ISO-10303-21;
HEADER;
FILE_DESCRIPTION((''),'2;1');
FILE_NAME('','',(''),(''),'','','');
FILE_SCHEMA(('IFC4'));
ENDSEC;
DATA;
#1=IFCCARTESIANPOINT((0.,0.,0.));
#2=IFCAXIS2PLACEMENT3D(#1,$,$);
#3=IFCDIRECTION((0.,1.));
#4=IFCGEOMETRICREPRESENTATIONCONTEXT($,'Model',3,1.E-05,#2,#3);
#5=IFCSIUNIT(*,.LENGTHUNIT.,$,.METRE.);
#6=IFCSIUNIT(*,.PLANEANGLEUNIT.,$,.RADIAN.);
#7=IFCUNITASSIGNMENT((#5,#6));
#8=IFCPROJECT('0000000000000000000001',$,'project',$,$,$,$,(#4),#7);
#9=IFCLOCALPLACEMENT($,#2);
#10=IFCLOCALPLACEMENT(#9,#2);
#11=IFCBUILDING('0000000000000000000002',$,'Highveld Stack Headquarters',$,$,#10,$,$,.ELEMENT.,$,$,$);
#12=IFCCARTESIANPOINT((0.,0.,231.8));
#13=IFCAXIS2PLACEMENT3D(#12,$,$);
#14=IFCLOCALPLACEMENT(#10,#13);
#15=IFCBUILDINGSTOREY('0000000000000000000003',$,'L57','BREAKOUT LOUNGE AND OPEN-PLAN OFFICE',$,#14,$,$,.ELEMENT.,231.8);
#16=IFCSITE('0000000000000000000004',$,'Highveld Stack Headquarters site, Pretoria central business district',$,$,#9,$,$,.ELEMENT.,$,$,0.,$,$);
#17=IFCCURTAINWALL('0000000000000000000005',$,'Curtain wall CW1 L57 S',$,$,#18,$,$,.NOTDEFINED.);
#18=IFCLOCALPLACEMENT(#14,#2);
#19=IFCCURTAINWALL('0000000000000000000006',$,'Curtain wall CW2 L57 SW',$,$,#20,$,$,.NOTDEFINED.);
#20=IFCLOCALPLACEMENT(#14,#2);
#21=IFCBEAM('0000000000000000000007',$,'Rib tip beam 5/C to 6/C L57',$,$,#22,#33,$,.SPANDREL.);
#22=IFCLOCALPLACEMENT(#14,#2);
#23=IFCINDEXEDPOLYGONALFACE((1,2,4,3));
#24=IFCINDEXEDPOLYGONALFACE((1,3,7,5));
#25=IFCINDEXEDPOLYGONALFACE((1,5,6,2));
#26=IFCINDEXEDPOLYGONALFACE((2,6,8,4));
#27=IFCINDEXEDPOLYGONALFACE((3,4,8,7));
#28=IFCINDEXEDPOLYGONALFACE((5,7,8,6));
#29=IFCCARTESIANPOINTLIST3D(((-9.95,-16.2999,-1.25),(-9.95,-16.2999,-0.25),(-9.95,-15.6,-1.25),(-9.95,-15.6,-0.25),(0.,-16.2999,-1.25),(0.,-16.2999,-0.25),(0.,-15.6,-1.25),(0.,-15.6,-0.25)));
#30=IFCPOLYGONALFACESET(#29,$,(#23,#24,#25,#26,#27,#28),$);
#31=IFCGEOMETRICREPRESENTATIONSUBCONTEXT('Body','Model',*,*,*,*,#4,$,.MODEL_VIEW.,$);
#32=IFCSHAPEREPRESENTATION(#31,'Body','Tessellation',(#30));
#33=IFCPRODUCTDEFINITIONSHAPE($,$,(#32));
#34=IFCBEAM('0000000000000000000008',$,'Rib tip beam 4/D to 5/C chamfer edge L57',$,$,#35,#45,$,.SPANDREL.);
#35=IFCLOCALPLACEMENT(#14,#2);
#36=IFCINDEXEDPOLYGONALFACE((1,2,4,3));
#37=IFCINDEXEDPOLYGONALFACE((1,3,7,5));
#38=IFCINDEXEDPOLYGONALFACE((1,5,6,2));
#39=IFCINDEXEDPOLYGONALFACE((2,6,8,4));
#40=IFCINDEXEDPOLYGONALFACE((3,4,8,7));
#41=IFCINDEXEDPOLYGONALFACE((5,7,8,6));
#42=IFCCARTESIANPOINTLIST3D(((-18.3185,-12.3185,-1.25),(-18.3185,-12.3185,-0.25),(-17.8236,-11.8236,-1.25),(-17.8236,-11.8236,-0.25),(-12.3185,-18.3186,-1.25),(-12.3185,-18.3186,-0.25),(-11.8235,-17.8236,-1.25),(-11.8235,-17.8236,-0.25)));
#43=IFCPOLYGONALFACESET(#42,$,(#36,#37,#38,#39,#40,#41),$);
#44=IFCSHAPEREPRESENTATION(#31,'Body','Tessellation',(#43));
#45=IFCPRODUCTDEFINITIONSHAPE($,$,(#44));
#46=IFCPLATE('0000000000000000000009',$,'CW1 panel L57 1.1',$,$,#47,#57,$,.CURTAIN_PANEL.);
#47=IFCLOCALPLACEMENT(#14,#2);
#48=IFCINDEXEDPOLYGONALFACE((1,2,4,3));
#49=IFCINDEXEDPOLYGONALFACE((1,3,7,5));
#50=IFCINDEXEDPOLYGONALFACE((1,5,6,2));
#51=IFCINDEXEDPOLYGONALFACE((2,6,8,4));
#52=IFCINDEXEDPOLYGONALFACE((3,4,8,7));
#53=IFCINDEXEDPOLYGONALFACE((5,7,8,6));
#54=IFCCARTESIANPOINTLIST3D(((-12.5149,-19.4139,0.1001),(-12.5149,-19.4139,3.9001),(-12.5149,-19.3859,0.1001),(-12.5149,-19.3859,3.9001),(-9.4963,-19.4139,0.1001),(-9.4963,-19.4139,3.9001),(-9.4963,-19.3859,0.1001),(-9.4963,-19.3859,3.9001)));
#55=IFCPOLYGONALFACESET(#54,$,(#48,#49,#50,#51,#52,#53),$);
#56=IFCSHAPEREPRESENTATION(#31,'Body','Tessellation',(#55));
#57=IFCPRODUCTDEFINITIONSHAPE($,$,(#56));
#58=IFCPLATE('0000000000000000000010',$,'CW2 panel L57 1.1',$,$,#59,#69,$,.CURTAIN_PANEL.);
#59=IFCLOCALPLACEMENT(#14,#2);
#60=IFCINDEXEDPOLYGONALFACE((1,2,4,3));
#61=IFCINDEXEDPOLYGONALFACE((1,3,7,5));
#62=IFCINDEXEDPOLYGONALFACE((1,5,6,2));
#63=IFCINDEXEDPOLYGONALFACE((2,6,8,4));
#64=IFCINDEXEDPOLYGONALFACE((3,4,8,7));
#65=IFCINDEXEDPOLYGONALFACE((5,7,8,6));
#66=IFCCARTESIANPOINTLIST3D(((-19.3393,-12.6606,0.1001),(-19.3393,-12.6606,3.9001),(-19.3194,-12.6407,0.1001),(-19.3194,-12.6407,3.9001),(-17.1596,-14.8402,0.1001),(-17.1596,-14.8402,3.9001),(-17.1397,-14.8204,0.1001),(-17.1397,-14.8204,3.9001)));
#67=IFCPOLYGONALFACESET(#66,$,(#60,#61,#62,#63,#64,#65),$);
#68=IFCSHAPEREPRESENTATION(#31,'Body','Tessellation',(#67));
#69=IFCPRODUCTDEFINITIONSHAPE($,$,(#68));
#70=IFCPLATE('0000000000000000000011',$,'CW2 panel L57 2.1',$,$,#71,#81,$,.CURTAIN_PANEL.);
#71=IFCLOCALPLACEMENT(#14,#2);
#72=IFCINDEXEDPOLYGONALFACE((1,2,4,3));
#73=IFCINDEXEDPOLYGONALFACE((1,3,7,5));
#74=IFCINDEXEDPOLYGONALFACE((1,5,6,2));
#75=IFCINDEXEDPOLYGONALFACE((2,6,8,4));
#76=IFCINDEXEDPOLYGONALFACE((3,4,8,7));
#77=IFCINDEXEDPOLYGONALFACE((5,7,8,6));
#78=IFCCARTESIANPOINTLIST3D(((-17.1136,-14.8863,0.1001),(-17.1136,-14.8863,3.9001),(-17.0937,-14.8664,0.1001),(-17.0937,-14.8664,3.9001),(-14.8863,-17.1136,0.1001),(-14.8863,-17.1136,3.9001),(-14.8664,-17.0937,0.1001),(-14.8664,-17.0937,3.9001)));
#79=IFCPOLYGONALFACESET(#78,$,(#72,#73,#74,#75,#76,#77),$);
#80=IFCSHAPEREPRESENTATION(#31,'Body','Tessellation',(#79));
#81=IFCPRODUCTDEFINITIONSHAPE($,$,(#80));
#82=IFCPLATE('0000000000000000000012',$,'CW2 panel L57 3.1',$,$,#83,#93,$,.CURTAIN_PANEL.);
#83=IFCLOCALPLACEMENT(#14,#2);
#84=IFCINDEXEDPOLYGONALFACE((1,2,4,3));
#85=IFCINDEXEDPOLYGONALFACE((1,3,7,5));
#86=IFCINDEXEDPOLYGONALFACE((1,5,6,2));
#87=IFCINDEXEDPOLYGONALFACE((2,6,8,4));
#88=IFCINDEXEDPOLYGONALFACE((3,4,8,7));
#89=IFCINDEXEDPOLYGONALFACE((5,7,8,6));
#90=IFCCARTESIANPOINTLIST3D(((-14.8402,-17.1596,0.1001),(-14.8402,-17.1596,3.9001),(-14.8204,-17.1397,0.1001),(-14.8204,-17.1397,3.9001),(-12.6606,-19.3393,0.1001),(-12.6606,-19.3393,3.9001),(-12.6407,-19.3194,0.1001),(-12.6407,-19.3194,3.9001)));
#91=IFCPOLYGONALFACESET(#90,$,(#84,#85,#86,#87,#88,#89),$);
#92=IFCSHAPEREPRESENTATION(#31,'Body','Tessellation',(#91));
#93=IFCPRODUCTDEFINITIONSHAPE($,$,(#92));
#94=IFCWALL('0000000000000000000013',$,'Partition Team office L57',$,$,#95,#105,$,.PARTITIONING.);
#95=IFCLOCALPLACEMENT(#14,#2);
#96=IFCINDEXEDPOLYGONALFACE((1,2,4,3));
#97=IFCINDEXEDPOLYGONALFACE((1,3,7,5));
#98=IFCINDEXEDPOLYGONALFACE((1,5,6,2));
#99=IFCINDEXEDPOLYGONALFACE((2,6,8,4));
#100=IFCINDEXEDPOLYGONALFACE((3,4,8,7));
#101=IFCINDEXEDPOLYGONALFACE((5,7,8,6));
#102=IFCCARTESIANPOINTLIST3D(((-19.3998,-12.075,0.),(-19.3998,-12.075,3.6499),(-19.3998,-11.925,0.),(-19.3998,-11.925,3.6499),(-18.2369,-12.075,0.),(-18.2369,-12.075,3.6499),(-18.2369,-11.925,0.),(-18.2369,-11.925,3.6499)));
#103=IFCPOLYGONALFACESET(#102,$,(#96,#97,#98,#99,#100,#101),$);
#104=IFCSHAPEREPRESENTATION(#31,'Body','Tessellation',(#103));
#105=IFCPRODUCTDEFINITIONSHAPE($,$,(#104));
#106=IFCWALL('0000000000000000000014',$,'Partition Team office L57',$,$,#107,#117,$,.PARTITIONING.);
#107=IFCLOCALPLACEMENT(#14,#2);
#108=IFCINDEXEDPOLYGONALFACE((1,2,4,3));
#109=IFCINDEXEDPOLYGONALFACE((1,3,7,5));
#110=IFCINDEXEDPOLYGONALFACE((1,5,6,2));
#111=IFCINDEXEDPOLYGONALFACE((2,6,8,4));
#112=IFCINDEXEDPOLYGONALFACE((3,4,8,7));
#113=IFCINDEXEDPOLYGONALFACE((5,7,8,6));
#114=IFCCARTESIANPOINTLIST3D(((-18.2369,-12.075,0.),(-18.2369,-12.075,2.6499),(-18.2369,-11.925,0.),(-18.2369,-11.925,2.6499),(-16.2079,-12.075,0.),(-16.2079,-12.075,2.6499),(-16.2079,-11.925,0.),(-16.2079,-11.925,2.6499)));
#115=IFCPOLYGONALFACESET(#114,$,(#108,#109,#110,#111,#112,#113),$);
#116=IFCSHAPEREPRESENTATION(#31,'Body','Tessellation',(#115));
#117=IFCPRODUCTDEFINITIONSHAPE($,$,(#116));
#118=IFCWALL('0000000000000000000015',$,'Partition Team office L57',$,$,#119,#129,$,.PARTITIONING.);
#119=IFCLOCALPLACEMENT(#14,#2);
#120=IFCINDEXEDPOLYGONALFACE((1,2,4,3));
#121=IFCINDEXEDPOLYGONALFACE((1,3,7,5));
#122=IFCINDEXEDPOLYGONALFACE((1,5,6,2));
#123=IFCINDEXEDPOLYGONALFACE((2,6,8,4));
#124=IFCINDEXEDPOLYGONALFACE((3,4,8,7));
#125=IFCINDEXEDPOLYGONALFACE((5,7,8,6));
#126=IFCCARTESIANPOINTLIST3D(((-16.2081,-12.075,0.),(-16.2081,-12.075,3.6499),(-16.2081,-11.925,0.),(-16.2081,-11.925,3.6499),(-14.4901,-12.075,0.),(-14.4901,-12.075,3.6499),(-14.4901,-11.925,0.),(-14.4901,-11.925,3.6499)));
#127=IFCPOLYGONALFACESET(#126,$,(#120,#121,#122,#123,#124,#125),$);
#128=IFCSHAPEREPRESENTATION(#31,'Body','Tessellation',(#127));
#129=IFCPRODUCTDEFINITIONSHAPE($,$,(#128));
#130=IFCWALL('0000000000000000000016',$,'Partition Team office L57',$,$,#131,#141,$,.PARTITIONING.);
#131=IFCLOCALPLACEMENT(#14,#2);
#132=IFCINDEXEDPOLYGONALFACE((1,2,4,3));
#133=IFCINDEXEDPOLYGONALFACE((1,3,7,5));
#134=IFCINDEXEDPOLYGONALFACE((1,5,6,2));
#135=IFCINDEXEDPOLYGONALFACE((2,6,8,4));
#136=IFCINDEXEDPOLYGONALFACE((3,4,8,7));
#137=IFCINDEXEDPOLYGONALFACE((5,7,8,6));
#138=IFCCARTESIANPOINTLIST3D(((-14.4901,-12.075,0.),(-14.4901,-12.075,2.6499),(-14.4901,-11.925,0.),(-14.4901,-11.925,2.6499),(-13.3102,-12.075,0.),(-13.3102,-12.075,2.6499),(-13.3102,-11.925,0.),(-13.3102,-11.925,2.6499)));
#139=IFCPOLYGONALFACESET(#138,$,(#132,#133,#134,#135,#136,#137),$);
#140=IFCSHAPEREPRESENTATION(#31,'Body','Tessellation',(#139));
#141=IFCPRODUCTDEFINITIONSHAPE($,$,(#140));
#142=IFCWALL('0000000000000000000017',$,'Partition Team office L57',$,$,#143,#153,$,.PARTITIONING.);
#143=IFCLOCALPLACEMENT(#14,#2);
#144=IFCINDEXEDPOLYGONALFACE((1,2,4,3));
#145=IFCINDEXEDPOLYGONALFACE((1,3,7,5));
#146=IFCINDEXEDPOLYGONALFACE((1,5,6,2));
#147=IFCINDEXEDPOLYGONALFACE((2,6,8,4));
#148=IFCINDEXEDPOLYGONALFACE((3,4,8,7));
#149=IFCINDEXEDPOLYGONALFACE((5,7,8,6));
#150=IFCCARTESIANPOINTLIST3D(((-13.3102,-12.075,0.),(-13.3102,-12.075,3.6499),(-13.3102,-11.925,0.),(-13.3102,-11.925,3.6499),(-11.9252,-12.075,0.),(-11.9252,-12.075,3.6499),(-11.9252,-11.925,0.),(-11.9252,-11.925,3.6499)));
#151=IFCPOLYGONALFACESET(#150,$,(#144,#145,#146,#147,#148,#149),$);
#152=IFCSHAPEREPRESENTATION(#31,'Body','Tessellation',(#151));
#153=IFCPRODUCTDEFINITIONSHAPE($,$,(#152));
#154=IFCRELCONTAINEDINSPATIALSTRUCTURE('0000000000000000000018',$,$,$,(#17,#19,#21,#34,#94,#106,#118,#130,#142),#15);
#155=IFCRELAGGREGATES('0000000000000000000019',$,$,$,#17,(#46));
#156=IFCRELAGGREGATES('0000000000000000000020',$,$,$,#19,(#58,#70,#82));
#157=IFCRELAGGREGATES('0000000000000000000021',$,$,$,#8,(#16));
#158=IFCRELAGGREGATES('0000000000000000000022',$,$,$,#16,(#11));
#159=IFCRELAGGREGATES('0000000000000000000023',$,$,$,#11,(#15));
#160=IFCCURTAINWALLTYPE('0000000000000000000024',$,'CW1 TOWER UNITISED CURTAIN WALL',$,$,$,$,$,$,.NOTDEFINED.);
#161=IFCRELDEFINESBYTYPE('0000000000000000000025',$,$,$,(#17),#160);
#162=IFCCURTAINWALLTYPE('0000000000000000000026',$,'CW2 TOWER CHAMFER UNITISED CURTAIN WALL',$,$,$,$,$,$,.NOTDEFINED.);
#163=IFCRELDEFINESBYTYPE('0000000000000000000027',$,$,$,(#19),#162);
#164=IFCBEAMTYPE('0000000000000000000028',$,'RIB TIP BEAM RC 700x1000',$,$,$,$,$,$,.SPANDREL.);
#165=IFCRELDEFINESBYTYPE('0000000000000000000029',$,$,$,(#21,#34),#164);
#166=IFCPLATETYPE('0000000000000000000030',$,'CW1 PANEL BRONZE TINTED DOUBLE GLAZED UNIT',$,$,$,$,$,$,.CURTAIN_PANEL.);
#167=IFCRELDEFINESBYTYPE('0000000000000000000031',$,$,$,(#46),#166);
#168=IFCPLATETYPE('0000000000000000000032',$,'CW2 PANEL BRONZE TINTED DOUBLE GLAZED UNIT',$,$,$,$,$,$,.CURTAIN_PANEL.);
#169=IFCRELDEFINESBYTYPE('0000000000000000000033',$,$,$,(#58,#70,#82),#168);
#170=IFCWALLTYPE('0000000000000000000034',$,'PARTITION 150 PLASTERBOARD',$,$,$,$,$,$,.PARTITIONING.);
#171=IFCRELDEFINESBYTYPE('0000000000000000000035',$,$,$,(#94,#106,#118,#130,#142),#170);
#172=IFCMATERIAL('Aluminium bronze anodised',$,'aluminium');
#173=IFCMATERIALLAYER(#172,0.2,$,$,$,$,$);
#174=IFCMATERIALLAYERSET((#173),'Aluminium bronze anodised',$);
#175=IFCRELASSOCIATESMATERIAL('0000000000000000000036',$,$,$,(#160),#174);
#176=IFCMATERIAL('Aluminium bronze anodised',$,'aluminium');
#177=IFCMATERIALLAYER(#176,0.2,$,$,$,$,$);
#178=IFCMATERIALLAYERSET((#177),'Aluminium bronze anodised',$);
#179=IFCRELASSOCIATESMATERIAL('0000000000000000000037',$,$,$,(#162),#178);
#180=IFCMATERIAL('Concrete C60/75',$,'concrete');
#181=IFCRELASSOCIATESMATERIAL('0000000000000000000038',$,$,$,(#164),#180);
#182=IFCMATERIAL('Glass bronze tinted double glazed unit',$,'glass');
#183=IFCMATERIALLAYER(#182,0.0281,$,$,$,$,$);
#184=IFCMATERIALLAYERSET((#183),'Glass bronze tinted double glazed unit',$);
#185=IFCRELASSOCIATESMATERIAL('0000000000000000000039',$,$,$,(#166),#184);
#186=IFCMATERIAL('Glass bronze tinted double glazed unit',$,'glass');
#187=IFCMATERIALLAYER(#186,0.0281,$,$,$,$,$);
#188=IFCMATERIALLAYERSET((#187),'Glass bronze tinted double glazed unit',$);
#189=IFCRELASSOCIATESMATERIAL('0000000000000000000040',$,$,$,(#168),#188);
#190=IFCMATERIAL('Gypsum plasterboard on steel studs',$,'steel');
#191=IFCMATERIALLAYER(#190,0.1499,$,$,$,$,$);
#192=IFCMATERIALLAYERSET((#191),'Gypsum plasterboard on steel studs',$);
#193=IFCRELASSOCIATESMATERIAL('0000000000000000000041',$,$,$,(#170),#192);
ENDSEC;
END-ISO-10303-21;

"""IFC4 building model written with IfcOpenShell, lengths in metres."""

from ifc_helpers import new_model, si_unit, direction, frame, frame_2d, origin, origin_2d, place, context, subcontext, project, spatial, rectangle, extrude, material, layer, layer_set, material_profile, profile_set, type_object, element, aggregate, save


model = new_model("IFC4")

# Units and contexts
model_context = context("Model", 3, precision=1e-05, world=origin(), true_north=direction((0.0, 1.0)))
body_context = subcontext(model_context, "Body", "Model", "MODEL_VIEW")
ifc_project = project(units=[si_unit("LENGTHUNIT", "METRE"), si_unit("PLANEANGLEUNIT", "RADIAN")], contexts=[model_context])

# Site, building, storey
site_placement = place(None, origin())
site = spatial("IfcSite", under=ifc_project, at=site_placement, Name="Highveld Stack Headquarters site, Pretoria central business district", CompositionType="ELEMENT", RefElevation=0.0)
building_placement = place(site_placement, origin())
building = spatial("IfcBuilding", under=site, at=building_placement, Name="Highveld Stack Headquarters", CompositionType="ELEMENT")
storey_placement = place(building_placement, frame((0.0, 0.0, 231.8)))
storey = spatial("IfcBuildingStorey", under=building, at=storey_placement, Name="L57", Description="BREAKOUT LOUNGE AND OPEN-PLAN OFFICE", CompositionType="ELEMENT", Elevation=231.8)

# Curtain wall
ifc_material_1 = material(Name="Aluminium bronze anodised", Category="aluminium")
ifc_layer_1 = layer(ifc_material_1, 0.2)
ifc_layer_set_1 = layer_set([ifc_layer_1], Name="Aluminium bronze anodised")
curtain_wall_type_1 = type_object("IfcCurtainWallType", Name="CW1 TOWER UNITISED CURTAIN WALL", PredefinedType="NOTDEFINED", material=ifc_layer_set_1)
curtain_wall_1_placement = place(storey_placement, origin())
curtain_wall_1 = element("IfcCurtainWall", 1, at=curtain_wall_1_placement, inside=storey, type_object=curtain_wall_type_1, Name="Curtain wall CW1 L57 S", PredefinedType="NOTDEFINED")

# Curtain wall
ifc_material_2 = material(Name="Aluminium bronze anodised", Category="aluminium")
ifc_layer_2 = layer(ifc_material_2, 0.2)
ifc_layer_set_2 = layer_set([ifc_layer_2], Name="Aluminium bronze anodised")
curtain_wall_type_2 = type_object("IfcCurtainWallType", Name="CW2 TOWER CHAMFER UNITISED CURTAIN WALL", PredefinedType="NOTDEFINED", material=ifc_layer_set_2)
curtain_wall_2_placement = place(storey_placement, origin())
curtain_wall_2 = element("IfcCurtainWall", 2, at=curtain_wall_2_placement, inside=storey, type_object=curtain_wall_type_2, Name="Curtain wall CW2 L57 SW", PredefinedType="NOTDEFINED")

# Beams
ifc_material_3 = material(Name="Concrete C60/75", Category="concrete")
ifc_material_profile_1 = material_profile(ifc_material_3, rectangle(XDim=0.7, YDim=1.0, at=origin_2d()), Name="RC 700x1000")
ifc_profile_set_1 = profile_set([ifc_material_profile_1], Name="Concrete C60/75")
beam_type = type_object("IfcBeamType", Name="RIB TIP BEAM RC 700x1000", PredefinedType="SPANDREL", material=ifc_profile_set_1)
beam_1_placement = place(storey_placement, frame((-9.95, -15.95, -0.75), z_axis=(1.0, 0.0, 0.0), x_axis=(0.0, 1.0, 0.0)))
element("IfcBeam", 3, at=beam_1_placement, inside=storey, type_object=beam_type, Name="Rib tip beam 5/C to 6/C L57", PredefinedType="SPANDREL", context=body_context, shape_type="SweptSolid", body=[
    extrude(rectangle(XDim=0.7, YDim=1.0, at=origin_2d()), origin(), (0.0, 0.0, 1.0), 9.95),
])
beam_2_placement = place(storey_placement, frame((-18.071, -12.071, -0.75), z_axis=(0.707107, -0.707107, 0.0), x_axis=(0.707107, 0.707107, 0.0)))
element("IfcBeam", 4, at=beam_2_placement, inside=storey, type_object=beam_type, Name="Rib tip beam 4/D to 5/C chamfer edge L57", PredefinedType="SPANDREL", context=body_context, shape_type="SweptSolid", body=[
    extrude(rectangle(XDim=0.7, YDim=1.0, at=origin_2d()), origin(), (0.0, 0.0, 1.0), 8.4854),
])

# Plates
ifc_material_4 = material(Name="Glass bronze tinted double glazed unit", Category="glass")
ifc_layer_3 = layer(ifc_material_4, 0.0281)
ifc_layer_set_3 = layer_set([ifc_layer_3], Name="Glass bronze tinted double glazed unit")
plate_type_1 = type_object("IfcPlateType", Name="CW1 PANEL BRONZE TINTED DOUBLE GLAZED UNIT", PredefinedType="CURTAIN_PANEL", material=ifc_layer_set_3)
plate_1_placement = place(storey_placement, frame((-11.0056, -19.3999, 0.1001), z_axis=(0.0, 0.0, 1.0), x_axis=(1.0, 0.0, 0.0)))
plate_1 = element("IfcPlate", 5, at=plate_1_placement, type_object=plate_type_1, Name="CW1 panel L57 1.1", PredefinedType="CURTAIN_PANEL", context=body_context, shape_type="SweptSolid", body=[
    extrude(rectangle(XDim=3.0186, YDim=0.0281, at=origin_2d()), origin(), (0.0, 0.0, 1.0), 3.8),
])
aggregate(curtain_wall_1, [plate_1])
ifc_material_5 = material(Name="Glass bronze tinted double glazed unit", Category="glass")
ifc_layer_4 = layer(ifc_material_5, 0.0281)
ifc_layer_set_4 = layer_set([ifc_layer_4], Name="Glass bronze tinted double glazed unit")
plate_type_2 = type_object("IfcPlateType", Name="CW2 PANEL BRONZE TINTED DOUBLE GLAZED UNIT", PredefinedType="CURTAIN_PANEL", material=ifc_layer_set_4)
plate_2_placement = place(storey_placement, frame((-18.2395, -13.7405, 0.1001), z_axis=(0.0, 0.0, 1.0), x_axis=(0.707107, -0.707107, 0.0)))
plate_2 = element("IfcPlate", 6, at=plate_2_placement, type_object=plate_type_2, Name="CW2 panel L57 1.1", PredefinedType="CURTAIN_PANEL", context=body_context, shape_type="SweptSolid", body=[
    extrude(rectangle(XDim=3.0825, YDim=0.0281, at=origin_2d()), origin(), (0.0, 0.0, 1.0), 3.8),
])
plate_3_placement = place(storey_placement, frame((-15.99, -15.99, 0.1001), z_axis=(0.0, 0.0, 1.0), x_axis=(0.707107, -0.707107, 0.0)))
plate_3 = element("IfcPlate", 7, at=plate_3_placement, type_object=plate_type_2, Name="CW2 panel L57 2.1", PredefinedType="CURTAIN_PANEL", context=body_context, shape_type="SweptSolid", body=[
    extrude(rectangle(XDim=3.1499, YDim=0.0281, at=origin_2d()), origin(), (0.0, 0.0, 1.0), 3.8),
])
plate_4_placement = place(storey_placement, frame((-13.7405, -18.2395, 0.1001), z_axis=(0.0, 0.0, 1.0), x_axis=(0.707107, -0.707107, 0.0)))
plate_4 = element("IfcPlate", 8, at=plate_4_placement, type_object=plate_type_2, Name="CW2 panel L57 3.1", PredefinedType="CURTAIN_PANEL", context=body_context, shape_type="SweptSolid", body=[
    extrude(rectangle(XDim=3.0825, YDim=0.0281, at=origin_2d()), origin(), (0.0, 0.0, 1.0), 3.8),
])
aggregate(curtain_wall_2, [plate_2, plate_3, plate_4])

# Walls
ifc_material_6 = material(Name="Gypsum plasterboard on steel studs", Category="steel")
ifc_layer_5 = layer(ifc_material_6, 0.1499)
ifc_layer_set_5 = layer_set([ifc_layer_5], Name="Gypsum plasterboard on steel studs")
wall_type = type_object("IfcWallType", Name="PARTITION 150 PLASTERBOARD", PredefinedType="PARTITIONING", material=ifc_layer_set_5)
wall_1_placement = place(storey_placement, frame((-19.3999, -12.0, 0.0), z_axis=(0.0, 0.0, 1.0), x_axis=(1.0, 0.0, 0.0)))
element("IfcWall", 9, at=wall_1_placement, inside=storey, type_object=wall_type, Name="Partition Team office L57", PredefinedType="PARTITIONING", context=body_context, shape_type="SweptSolid", body=[
    extrude(rectangle(XDim=1.1628, YDim=0.1499, at=frame_2d((0.5815, 0.0))), origin(), (0.0, 0.0, 1.0), 3.6499),
])
wall_2_placement = place(storey_placement, frame((-18.2371, -12.0, 0.0), z_axis=(0.0, 0.0, 1.0), x_axis=(1.0, 0.0, 0.0)))
element("IfcWall", 10, at=wall_2_placement, inside=storey, type_object=wall_type, Name="Partition Team office L57", PredefinedType="PARTITIONING", context=body_context, shape_type="SweptSolid", body=[
    extrude(rectangle(XDim=2.0291, YDim=0.1499, at=frame_2d((1.0146, 0.0))), origin(), (0.0, 0.0, 1.0), 2.6499),
])
wall_3_placement = place(storey_placement, frame((-16.208, -12.0, 0.0), z_axis=(0.0, 0.0, 1.0), x_axis=(1.0, 0.0, 0.0)))
element("IfcWall", 11, at=wall_3_placement, inside=storey, type_object=wall_type, Name="Partition Team office L57", PredefinedType="PARTITIONING", context=body_context, shape_type="SweptSolid", body=[
    extrude(rectangle(XDim=1.718, YDim=0.1499, at=frame_2d((0.8589, 0.0))), origin(), (0.0, 0.0, 1.0), 3.6499),
])
wall_4_placement = place(storey_placement, frame((-14.49, -12.0, 0.0), z_axis=(0.0, 0.0, 1.0), x_axis=(1.0, 0.0, 0.0)))
element("IfcWall", 12, at=wall_4_placement, inside=storey, type_object=wall_type, Name="Partition Team office L57", PredefinedType="PARTITIONING", context=body_context, shape_type="SweptSolid", body=[
    extrude(rectangle(XDim=1.1799, YDim=0.1499, at=frame_2d((0.5898, 0.0))), origin(), (0.0, 0.0, 1.0), 2.6499),
])
wall_5_placement = place(storey_placement, frame((-13.3101, -12.0, 0.0), z_axis=(0.0, 0.0, 1.0), x_axis=(1.0, 0.0, 0.0)))
element("IfcWall", 13, at=wall_5_placement, inside=storey, type_object=wall_type, Name="Partition Team office L57", PredefinedType="PARTITIONING", context=body_context, shape_type="SweptSolid", body=[
    extrude(rectangle(XDim=1.385, YDim=0.1499, at=frame_2d((0.6924, 0.0))), origin(), (0.0, 0.0, 1.0), 3.6499),
])

save(model, "model.ifc")
